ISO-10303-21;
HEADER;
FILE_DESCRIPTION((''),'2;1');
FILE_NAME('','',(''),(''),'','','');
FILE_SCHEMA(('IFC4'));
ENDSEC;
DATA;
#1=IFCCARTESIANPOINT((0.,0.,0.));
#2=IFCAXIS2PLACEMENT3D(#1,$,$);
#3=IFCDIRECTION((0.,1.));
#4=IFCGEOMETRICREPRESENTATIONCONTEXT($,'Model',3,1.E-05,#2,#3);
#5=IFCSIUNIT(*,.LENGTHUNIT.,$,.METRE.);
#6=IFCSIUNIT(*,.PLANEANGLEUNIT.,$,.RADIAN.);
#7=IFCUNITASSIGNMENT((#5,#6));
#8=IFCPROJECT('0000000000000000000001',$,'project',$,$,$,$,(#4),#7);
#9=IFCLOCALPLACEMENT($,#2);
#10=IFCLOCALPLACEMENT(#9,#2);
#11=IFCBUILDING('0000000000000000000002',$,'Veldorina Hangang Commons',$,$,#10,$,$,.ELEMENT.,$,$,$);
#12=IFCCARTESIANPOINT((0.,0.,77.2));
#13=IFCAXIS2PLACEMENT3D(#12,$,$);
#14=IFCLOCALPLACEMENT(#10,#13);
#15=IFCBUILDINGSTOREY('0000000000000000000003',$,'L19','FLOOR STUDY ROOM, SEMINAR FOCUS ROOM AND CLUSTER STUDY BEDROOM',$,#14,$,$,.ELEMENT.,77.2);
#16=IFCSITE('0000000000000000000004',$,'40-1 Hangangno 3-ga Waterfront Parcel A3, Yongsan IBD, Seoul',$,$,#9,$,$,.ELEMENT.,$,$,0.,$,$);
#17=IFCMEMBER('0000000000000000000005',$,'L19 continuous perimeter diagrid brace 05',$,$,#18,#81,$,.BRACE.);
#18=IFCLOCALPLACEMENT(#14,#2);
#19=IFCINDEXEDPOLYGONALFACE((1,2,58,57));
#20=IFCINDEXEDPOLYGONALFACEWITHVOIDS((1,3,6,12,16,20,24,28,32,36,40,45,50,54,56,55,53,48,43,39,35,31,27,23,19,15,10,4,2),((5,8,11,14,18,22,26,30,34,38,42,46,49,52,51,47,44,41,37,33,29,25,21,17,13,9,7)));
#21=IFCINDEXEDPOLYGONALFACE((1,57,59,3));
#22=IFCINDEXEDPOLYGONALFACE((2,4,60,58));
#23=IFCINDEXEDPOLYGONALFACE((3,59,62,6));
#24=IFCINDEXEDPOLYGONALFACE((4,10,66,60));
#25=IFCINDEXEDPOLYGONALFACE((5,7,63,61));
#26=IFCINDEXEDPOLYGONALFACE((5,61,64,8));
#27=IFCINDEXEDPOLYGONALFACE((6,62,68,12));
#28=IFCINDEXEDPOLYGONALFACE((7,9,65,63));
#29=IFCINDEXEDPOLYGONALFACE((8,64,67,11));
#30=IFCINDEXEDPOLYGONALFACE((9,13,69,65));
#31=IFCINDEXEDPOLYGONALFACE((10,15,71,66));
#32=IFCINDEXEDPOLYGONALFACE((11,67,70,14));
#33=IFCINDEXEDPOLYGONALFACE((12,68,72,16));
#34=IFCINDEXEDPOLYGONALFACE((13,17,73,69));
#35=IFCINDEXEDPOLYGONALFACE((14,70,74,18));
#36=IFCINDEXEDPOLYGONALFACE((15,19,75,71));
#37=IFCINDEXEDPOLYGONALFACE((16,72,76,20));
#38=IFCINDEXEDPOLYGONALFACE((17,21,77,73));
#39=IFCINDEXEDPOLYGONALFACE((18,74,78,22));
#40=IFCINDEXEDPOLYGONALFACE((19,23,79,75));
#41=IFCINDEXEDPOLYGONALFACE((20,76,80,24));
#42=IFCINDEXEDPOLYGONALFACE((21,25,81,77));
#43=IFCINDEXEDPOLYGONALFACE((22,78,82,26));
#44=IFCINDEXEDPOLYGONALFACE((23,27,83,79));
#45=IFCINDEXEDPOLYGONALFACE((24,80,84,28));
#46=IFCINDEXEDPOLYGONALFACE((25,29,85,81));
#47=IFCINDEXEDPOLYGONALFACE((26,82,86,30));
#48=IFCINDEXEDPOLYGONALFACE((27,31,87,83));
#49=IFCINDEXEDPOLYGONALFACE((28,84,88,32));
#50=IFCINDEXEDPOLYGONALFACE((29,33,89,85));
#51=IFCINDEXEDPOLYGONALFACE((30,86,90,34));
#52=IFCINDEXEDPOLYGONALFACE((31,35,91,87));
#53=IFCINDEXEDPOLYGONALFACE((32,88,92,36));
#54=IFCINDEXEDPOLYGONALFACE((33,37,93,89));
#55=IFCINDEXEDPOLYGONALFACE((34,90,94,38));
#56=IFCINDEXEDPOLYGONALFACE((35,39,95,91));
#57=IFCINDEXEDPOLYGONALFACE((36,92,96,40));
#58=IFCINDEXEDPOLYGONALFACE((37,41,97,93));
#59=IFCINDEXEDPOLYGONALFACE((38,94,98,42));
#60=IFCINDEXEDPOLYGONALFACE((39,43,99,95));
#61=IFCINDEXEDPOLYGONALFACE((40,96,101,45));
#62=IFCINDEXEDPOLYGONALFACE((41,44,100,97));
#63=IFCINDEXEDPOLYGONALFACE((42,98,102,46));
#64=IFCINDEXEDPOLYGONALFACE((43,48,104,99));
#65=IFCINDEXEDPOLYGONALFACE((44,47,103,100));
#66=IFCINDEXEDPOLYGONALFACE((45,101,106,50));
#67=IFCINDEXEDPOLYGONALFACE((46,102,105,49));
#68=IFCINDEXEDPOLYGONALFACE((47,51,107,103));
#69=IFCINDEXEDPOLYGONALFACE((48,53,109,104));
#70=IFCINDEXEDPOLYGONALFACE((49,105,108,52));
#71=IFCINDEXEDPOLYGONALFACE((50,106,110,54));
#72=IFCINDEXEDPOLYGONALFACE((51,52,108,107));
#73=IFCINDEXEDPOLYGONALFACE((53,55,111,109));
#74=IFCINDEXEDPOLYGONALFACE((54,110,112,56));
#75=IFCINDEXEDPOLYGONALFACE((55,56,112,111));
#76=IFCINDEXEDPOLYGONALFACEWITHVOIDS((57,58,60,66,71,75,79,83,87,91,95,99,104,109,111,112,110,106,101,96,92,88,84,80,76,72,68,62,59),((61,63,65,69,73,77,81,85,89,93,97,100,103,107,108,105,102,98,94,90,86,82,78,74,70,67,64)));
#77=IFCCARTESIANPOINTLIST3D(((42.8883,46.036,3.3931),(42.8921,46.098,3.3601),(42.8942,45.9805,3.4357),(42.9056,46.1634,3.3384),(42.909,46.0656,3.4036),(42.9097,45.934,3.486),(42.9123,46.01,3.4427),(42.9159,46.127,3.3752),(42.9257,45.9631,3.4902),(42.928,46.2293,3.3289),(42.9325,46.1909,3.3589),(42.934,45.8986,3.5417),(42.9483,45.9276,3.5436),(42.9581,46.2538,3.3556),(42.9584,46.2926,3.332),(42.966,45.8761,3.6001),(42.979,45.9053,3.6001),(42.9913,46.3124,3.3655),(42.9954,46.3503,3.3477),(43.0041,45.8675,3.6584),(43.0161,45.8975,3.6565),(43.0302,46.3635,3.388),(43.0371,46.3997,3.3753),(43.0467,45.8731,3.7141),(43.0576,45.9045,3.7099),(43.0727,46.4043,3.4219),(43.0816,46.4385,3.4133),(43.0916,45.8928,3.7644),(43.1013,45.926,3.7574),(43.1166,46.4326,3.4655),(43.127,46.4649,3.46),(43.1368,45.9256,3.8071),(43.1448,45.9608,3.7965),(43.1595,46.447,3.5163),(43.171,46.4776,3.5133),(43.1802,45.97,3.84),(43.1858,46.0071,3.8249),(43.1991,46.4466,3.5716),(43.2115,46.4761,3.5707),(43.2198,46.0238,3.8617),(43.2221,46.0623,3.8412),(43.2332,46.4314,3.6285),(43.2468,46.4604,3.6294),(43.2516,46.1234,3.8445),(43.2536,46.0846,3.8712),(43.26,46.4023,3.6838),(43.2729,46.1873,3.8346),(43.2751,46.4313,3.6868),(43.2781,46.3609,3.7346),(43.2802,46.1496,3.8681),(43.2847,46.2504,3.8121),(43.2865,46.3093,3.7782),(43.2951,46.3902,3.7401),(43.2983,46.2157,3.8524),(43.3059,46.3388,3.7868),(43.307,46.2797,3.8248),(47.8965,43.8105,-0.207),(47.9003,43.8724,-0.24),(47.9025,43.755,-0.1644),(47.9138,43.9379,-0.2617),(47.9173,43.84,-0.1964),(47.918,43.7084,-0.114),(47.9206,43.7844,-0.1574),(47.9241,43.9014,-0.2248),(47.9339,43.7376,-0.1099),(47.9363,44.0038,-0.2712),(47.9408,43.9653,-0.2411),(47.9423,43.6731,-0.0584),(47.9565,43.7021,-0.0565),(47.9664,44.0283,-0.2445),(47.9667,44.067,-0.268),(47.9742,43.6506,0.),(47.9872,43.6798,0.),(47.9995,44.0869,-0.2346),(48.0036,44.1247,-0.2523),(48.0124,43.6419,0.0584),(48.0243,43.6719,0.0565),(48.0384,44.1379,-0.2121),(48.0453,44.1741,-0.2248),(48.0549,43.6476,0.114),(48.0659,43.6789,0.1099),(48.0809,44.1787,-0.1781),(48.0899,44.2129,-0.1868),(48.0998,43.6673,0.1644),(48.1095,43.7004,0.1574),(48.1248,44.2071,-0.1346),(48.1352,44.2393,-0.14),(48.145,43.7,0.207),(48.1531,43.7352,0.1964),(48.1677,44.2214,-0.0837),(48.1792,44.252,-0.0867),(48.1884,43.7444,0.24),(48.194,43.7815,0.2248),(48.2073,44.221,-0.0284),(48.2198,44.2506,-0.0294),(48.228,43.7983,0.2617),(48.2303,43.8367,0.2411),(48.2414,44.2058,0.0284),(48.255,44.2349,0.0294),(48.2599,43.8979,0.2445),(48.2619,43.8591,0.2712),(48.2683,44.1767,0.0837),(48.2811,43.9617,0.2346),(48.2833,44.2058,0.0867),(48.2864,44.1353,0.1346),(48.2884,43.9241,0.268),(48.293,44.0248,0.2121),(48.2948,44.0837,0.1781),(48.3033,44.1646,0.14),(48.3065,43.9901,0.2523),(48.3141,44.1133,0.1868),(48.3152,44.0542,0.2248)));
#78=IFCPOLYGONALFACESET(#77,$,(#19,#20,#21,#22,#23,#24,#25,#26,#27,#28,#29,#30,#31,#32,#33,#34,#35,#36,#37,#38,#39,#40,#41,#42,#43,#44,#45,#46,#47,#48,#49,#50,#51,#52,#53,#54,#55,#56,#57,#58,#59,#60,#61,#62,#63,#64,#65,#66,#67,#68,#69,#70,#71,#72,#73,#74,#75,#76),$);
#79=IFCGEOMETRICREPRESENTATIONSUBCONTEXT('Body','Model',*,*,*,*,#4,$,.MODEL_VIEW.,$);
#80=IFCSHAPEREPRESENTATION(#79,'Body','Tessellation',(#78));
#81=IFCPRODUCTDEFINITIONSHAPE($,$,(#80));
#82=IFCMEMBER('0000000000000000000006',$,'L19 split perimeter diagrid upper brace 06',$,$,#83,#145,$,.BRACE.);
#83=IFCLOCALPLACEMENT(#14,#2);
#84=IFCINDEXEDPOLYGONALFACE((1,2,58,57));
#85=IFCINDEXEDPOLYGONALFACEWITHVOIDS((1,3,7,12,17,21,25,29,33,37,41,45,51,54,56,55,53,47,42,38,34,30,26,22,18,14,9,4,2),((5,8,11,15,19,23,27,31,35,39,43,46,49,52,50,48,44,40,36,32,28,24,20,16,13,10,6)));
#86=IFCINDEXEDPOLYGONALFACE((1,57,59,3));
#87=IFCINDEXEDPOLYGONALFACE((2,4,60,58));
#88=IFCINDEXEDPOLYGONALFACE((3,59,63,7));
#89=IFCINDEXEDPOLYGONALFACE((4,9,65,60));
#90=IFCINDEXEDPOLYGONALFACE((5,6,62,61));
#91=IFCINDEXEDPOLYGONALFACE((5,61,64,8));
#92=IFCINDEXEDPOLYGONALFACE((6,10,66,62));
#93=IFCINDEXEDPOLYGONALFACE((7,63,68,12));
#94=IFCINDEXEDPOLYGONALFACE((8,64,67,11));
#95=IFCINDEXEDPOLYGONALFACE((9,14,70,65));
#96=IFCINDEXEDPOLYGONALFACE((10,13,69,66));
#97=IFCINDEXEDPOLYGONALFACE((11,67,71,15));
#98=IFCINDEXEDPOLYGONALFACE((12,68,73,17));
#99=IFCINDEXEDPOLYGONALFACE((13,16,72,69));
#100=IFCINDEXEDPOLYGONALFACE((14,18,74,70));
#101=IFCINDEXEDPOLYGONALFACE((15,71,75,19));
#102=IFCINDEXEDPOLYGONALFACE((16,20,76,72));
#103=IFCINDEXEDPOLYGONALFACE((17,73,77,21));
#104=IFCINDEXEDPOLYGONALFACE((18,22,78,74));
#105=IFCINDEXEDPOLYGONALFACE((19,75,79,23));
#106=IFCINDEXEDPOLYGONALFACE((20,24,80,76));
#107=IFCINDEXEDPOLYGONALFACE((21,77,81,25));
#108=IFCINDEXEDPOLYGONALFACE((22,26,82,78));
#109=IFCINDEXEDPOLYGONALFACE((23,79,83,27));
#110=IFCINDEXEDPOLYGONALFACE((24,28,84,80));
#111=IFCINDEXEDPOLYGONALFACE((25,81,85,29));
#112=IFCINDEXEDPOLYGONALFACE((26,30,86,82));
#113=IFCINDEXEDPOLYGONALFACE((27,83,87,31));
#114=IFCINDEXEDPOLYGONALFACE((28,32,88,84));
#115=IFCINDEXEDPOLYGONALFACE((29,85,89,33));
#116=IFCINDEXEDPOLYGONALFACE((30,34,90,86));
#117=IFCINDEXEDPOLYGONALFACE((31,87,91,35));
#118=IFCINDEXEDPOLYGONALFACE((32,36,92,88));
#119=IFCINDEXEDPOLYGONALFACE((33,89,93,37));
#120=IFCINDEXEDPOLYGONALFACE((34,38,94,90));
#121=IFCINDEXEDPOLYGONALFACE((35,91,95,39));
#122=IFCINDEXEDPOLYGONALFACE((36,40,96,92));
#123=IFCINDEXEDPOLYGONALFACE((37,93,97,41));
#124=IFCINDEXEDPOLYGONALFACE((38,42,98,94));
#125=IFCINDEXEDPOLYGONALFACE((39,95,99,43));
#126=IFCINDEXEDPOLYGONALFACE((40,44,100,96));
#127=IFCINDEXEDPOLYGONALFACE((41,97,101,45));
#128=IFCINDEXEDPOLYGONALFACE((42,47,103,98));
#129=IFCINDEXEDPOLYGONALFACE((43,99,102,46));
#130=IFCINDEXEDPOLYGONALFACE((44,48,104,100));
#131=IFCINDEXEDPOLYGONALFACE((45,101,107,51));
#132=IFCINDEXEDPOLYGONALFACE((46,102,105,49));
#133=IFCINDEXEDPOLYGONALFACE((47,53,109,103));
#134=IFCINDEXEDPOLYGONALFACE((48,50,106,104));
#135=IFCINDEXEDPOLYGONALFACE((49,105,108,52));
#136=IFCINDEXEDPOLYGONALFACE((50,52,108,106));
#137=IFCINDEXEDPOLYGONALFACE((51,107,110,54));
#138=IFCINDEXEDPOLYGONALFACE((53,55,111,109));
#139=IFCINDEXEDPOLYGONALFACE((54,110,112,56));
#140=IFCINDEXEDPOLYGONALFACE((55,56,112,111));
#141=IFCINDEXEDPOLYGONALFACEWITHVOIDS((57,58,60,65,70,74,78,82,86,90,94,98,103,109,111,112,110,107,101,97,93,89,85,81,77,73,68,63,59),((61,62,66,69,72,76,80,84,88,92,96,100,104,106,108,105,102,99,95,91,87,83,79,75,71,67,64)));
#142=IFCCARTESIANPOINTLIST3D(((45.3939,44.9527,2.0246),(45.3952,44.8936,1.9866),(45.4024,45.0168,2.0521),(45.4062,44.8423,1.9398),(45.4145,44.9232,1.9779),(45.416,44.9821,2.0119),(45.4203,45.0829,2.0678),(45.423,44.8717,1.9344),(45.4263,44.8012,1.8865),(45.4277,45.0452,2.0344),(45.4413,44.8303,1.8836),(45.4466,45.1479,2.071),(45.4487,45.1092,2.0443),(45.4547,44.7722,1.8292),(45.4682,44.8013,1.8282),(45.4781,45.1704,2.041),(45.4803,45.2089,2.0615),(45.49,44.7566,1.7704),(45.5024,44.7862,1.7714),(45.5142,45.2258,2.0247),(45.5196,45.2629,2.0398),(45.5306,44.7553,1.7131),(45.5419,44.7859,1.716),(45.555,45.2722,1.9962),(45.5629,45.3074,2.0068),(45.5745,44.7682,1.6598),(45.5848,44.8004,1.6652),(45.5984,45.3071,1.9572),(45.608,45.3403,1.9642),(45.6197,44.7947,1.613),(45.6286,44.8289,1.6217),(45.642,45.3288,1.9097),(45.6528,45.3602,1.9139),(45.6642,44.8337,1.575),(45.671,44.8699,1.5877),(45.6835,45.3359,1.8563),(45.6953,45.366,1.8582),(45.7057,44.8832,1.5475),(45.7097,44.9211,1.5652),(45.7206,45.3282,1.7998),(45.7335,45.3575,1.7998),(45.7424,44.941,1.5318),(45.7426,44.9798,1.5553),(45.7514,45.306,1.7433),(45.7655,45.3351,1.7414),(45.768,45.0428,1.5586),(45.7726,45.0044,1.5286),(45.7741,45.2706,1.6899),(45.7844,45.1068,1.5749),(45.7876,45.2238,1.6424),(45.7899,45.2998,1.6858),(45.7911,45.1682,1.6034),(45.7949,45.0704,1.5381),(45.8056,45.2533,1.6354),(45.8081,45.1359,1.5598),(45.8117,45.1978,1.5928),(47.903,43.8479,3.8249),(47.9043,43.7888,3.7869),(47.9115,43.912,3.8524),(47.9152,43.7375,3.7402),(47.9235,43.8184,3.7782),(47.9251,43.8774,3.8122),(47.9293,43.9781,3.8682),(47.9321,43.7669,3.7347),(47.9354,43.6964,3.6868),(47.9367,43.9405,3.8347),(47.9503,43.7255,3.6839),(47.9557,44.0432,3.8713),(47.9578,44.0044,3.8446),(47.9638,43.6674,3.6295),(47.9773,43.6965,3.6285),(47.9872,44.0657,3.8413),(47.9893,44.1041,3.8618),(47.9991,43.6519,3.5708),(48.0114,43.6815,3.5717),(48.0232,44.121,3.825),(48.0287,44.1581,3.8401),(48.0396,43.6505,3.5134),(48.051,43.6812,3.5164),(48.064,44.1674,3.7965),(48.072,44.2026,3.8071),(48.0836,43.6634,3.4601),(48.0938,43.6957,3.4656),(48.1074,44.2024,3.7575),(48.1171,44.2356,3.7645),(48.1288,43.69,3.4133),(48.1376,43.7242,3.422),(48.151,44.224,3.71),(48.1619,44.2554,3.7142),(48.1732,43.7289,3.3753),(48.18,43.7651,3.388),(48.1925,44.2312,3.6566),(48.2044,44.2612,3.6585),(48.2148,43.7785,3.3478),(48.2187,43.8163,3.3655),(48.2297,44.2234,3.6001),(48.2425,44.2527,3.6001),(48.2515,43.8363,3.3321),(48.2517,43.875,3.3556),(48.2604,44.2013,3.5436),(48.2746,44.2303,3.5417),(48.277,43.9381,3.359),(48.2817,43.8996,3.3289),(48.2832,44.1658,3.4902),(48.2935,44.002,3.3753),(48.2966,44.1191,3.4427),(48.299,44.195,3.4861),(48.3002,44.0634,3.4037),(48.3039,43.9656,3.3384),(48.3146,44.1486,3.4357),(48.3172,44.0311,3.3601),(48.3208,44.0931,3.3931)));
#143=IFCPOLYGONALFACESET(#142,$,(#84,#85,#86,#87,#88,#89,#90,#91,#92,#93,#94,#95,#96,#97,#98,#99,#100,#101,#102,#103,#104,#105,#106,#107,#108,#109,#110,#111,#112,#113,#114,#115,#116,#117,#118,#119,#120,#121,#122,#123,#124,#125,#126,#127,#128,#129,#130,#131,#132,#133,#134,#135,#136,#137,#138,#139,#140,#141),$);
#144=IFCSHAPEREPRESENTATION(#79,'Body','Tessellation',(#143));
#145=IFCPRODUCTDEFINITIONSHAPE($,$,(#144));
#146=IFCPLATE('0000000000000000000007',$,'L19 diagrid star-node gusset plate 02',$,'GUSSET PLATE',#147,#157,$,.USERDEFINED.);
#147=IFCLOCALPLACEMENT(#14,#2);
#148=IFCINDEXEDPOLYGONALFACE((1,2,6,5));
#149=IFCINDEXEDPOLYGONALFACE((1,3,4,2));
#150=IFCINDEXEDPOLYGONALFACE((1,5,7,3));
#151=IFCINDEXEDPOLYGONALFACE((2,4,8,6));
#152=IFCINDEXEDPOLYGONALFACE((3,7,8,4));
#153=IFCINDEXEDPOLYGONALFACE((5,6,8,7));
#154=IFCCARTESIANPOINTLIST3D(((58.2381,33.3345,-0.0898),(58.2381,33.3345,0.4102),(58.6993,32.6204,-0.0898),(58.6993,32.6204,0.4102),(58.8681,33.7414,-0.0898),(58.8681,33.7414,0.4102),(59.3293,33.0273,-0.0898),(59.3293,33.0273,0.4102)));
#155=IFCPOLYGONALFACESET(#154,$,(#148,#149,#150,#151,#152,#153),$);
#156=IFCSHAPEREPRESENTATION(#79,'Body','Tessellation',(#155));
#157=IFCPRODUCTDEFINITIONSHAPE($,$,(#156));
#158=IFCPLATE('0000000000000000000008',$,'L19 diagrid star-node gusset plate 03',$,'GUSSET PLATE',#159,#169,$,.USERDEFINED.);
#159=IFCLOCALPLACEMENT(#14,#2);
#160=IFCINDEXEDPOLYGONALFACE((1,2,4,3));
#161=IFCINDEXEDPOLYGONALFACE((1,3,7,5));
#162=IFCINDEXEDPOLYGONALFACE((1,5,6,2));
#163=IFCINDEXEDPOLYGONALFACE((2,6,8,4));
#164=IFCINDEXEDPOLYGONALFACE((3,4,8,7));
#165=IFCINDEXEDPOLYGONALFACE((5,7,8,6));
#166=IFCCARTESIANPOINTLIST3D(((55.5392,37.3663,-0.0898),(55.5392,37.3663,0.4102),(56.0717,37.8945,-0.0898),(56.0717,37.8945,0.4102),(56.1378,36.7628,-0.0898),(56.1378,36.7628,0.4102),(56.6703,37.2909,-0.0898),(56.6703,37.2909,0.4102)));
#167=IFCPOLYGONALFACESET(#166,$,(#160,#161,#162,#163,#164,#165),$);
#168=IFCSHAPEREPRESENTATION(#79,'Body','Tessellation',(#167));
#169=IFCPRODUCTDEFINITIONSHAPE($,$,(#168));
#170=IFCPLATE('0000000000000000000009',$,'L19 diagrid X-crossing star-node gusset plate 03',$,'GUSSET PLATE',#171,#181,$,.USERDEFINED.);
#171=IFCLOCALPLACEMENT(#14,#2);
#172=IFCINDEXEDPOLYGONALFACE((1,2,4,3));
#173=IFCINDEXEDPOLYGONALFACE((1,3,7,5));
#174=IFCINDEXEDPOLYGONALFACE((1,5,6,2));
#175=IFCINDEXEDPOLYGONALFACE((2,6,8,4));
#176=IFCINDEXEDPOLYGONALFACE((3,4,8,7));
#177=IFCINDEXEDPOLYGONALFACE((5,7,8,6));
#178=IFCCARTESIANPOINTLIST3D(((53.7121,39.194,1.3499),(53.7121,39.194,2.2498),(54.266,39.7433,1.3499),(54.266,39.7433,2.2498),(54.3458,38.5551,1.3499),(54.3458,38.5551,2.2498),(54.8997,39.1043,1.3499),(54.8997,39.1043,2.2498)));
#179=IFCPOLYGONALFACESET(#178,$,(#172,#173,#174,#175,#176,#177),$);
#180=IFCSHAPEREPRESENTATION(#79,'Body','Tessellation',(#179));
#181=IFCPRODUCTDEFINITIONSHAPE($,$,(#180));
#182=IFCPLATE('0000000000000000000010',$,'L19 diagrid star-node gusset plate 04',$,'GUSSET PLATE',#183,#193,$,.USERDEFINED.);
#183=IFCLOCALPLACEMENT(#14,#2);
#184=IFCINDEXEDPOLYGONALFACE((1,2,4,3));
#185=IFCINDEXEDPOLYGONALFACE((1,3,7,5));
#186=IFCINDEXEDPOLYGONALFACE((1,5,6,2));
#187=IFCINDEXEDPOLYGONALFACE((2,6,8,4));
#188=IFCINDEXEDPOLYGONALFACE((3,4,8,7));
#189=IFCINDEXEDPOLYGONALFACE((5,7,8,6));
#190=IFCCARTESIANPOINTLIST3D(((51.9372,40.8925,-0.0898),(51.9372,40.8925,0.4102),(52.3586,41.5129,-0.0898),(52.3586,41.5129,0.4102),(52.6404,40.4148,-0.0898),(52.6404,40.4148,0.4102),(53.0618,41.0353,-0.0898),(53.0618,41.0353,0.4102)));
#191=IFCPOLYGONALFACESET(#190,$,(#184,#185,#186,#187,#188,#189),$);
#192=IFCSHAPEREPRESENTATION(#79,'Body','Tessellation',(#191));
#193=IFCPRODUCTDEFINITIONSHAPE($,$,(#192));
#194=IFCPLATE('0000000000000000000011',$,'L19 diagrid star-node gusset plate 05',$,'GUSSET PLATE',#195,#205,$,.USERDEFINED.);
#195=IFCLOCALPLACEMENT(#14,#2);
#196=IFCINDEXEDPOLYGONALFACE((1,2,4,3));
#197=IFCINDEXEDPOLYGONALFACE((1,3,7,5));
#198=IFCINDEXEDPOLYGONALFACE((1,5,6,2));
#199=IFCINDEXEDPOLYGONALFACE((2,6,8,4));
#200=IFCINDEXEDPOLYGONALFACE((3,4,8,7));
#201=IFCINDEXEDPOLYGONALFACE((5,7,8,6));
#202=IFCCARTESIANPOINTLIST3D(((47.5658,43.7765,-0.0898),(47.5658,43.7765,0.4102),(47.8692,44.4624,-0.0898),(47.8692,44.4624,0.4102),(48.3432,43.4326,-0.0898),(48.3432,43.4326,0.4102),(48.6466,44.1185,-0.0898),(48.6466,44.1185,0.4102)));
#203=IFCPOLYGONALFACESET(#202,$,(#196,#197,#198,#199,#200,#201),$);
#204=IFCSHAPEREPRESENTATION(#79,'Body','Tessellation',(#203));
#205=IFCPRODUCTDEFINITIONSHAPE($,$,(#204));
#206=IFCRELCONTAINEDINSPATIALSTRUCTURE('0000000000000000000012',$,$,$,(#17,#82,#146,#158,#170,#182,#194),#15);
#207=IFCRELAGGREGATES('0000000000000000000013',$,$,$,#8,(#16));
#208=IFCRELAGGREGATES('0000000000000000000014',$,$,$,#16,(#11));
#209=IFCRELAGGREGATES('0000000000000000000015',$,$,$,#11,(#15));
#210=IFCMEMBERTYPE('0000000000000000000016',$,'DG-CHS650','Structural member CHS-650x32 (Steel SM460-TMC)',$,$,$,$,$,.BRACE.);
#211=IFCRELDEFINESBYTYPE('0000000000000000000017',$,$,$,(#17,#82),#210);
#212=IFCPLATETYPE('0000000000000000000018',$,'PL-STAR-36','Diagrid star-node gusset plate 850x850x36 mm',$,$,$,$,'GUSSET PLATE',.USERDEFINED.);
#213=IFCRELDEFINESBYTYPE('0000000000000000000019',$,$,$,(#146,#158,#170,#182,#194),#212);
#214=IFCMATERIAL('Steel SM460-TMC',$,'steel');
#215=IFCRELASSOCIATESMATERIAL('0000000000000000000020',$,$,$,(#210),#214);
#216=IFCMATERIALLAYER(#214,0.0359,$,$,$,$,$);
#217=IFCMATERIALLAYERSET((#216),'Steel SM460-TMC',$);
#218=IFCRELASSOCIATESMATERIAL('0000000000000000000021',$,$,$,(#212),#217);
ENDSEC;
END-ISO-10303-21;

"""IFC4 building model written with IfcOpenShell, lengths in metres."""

from ifc_helpers import new_model, si_unit, direction, frame, origin, origin_2d, place, context, subcontext, project, spatial, rectangle, hollow_circle, extrude, material, layer, layer_set, material_profile, profile_set, type_object, element, save


model = new_model("IFC4")

# Units and contexts
model_context = context("Model", 3, precision=1e-05, world=origin(), true_north=direction((0.0, 1.0)))
body_context = subcontext(model_context, "Body", "Model", "MODEL_VIEW")
ifc_project = project(units=[si_unit("LENGTHUNIT", "METRE"), si_unit("PLANEANGLEUNIT", "RADIAN")], contexts=[model_context])

# Site, building, storey
site_placement = place(None, origin())
site = spatial("IfcSite", under=ifc_project, at=site_placement, Name="40-1 Hangangno 3-ga Waterfront Parcel A3, Yongsan IBD, Seoul", CompositionType="ELEMENT", RefElevation=0.0)
building_placement = place(site_placement, origin())
building = spatial("IfcBuilding", under=site, at=building_placement, Name="Veldorina Hangang Commons", CompositionType="ELEMENT")
storey_placement = place(building_placement, frame((0.0, 0.0, 77.2)))
storey = spatial("IfcBuildingStorey", under=building, at=storey_placement, Name="L19", Description="FLOOR STUDY ROOM, SEMINAR FOCUS ROOM AND CLUSTER STUDY BEDROOM", CompositionType="ELEMENT", Elevation=77.2)

# Members
ifc_material_1 = material(Name="Steel SM460-TMC", Category="steel")
ifc_material_profile_1 = material_profile(ifc_material_1, hollow_circle(Radius=0.325, WallThickness=0.032, at=origin_2d()), Name="CHS-650x32")
ifc_profile_set_1 = profile_set([ifc_material_profile_1], Name="Steel SM460-TMC")
member_type = type_object("IfcMemberType", Name="DG-CHS650", Description="Structural member CHS-650x32 (Steel SM460-TMC)", PredefinedType="BRACE", material=ifc_profile_set_1)
member_1_placement = place(storey_placement, frame((48.1062, 43.9475, 0.0), z_axis=(-0.763785, 0.33941, 0.549029), x_axis=(-0.406089, -0.913834, 0.0)))
element("IfcMember", 1, at=member_1_placement, inside=storey, type_object=member_type, Name="L19 continuous perimeter diagrid brace 05", PredefinedType="BRACE", context=body_context, shape_type="SweptSolid", body=[
    extrude(hollow_circle(Radius=0.325, WallThickness=0.032, at=origin_2d()), origin(), (0.0, 0.0, 1.0), 6.5571),
])
member_2_placement = place(storey_placement, frame((45.6025, 45.0601, 1.7998), z_axis=(0.765008, -0.336836, 0.548912), x_axis=(0.402971, 0.915213, 0.0)))
element("IfcMember", 2, at=member_2_placement, inside=storey, type_object=member_type, Name="L19 split perimeter diagrid upper brace 06", PredefinedType="BRACE", context=body_context, shape_type="SweptSolid", body=[
    extrude(hollow_circle(Radius=0.325, WallThickness=0.032, at=origin_2d()), origin(), (0.0, 0.0, 1.0), 3.2798),
])

# Plates
ifc_layer_1 = layer(ifc_material_1, 0.0359)
ifc_layer_set_1 = layer_set([ifc_layer_1], Name="Steel SM460-TMC")
plate_type = type_object("IfcPlateType", Name="PL-STAR-36", Description="Diagrid star-node gusset plate 850x850x36 mm", ElementType="GUSSET PLATE", PredefinedType="USERDEFINED", material=ifc_layer_set_1)
for number, where, z_axis, x_axis, name in (
    (3, (58.7837, 33.1809, -0.0898), (0.0, 0.0, 1.0), (-0.542559, 0.840018, 0.0), "L19 diagrid star-node gusset plate 02"),
    (4, (56.1047, 37.3286, -0.0898), (0.0, 0.0, 1.0), (-0.704176, 0.710026, 0.0), "L19 diagrid star-node gusset plate 03"),
):
    element("IfcPlate", number, at=place(storey_placement, frame(where, z_axis=z_axis, x_axis=x_axis)), inside=storey, type_object=plate_type, Name=name, ObjectType="GUSSET PLATE", PredefinedType="USERDEFINED", context=body_context, shape_type="SweptSolid", body=[
        extrude(rectangle(XDim=0.8501, YDim=0.75, at=origin_2d()), origin(), (0.0, 0.0, 1.0), 0.5),
    ])
plate_1_placement = place(storey_placement, frame((54.3059, 39.1492, 1.3499), z_axis=(0.0, 0.0, 1.0), x_axis=(-0.704176, 0.710026, 0.0)))
element("IfcPlate", 5, at=plate_1_placement, inside=storey, type_object=plate_type, Name="L19 diagrid X-crossing star-node gusset plate 03", ObjectType="GUSSET PLATE", PredefinedType="USERDEFINED", context=body_context, shape_type="SweptSolid", body=[
    extrude(rectangle(XDim=0.8999, YDim=0.78, at=origin_2d()), origin(), (0.0, 0.0, 1.0), 0.8999),
])
for number, where, z_axis, x_axis, name in (
    (6, (52.4995, 40.9639, -0.0898), (0.0, 0.0, 1.0), (-0.827247, 0.561838, 0.0), "L19 diagrid star-node gusset plate 04"),
    (7, (48.1062, 43.9475, -0.0898), (0.0, 0.0, 1.0), (-0.914537, 0.404503, 0.0), "L19 diagrid star-node gusset plate 05"),
):
    element("IfcPlate", number, at=place(storey_placement, frame(where, z_axis=z_axis, x_axis=x_axis)), inside=storey, type_object=plate_type, Name=name, ObjectType="GUSSET PLATE", PredefinedType="USERDEFINED", context=body_context, shape_type="SweptSolid", body=[
        extrude(rectangle(XDim=0.8501, YDim=0.75, at=origin_2d()), origin(), (0.0, 0.0, 1.0), 0.5),
    ])

save(model, "model.ifc")
